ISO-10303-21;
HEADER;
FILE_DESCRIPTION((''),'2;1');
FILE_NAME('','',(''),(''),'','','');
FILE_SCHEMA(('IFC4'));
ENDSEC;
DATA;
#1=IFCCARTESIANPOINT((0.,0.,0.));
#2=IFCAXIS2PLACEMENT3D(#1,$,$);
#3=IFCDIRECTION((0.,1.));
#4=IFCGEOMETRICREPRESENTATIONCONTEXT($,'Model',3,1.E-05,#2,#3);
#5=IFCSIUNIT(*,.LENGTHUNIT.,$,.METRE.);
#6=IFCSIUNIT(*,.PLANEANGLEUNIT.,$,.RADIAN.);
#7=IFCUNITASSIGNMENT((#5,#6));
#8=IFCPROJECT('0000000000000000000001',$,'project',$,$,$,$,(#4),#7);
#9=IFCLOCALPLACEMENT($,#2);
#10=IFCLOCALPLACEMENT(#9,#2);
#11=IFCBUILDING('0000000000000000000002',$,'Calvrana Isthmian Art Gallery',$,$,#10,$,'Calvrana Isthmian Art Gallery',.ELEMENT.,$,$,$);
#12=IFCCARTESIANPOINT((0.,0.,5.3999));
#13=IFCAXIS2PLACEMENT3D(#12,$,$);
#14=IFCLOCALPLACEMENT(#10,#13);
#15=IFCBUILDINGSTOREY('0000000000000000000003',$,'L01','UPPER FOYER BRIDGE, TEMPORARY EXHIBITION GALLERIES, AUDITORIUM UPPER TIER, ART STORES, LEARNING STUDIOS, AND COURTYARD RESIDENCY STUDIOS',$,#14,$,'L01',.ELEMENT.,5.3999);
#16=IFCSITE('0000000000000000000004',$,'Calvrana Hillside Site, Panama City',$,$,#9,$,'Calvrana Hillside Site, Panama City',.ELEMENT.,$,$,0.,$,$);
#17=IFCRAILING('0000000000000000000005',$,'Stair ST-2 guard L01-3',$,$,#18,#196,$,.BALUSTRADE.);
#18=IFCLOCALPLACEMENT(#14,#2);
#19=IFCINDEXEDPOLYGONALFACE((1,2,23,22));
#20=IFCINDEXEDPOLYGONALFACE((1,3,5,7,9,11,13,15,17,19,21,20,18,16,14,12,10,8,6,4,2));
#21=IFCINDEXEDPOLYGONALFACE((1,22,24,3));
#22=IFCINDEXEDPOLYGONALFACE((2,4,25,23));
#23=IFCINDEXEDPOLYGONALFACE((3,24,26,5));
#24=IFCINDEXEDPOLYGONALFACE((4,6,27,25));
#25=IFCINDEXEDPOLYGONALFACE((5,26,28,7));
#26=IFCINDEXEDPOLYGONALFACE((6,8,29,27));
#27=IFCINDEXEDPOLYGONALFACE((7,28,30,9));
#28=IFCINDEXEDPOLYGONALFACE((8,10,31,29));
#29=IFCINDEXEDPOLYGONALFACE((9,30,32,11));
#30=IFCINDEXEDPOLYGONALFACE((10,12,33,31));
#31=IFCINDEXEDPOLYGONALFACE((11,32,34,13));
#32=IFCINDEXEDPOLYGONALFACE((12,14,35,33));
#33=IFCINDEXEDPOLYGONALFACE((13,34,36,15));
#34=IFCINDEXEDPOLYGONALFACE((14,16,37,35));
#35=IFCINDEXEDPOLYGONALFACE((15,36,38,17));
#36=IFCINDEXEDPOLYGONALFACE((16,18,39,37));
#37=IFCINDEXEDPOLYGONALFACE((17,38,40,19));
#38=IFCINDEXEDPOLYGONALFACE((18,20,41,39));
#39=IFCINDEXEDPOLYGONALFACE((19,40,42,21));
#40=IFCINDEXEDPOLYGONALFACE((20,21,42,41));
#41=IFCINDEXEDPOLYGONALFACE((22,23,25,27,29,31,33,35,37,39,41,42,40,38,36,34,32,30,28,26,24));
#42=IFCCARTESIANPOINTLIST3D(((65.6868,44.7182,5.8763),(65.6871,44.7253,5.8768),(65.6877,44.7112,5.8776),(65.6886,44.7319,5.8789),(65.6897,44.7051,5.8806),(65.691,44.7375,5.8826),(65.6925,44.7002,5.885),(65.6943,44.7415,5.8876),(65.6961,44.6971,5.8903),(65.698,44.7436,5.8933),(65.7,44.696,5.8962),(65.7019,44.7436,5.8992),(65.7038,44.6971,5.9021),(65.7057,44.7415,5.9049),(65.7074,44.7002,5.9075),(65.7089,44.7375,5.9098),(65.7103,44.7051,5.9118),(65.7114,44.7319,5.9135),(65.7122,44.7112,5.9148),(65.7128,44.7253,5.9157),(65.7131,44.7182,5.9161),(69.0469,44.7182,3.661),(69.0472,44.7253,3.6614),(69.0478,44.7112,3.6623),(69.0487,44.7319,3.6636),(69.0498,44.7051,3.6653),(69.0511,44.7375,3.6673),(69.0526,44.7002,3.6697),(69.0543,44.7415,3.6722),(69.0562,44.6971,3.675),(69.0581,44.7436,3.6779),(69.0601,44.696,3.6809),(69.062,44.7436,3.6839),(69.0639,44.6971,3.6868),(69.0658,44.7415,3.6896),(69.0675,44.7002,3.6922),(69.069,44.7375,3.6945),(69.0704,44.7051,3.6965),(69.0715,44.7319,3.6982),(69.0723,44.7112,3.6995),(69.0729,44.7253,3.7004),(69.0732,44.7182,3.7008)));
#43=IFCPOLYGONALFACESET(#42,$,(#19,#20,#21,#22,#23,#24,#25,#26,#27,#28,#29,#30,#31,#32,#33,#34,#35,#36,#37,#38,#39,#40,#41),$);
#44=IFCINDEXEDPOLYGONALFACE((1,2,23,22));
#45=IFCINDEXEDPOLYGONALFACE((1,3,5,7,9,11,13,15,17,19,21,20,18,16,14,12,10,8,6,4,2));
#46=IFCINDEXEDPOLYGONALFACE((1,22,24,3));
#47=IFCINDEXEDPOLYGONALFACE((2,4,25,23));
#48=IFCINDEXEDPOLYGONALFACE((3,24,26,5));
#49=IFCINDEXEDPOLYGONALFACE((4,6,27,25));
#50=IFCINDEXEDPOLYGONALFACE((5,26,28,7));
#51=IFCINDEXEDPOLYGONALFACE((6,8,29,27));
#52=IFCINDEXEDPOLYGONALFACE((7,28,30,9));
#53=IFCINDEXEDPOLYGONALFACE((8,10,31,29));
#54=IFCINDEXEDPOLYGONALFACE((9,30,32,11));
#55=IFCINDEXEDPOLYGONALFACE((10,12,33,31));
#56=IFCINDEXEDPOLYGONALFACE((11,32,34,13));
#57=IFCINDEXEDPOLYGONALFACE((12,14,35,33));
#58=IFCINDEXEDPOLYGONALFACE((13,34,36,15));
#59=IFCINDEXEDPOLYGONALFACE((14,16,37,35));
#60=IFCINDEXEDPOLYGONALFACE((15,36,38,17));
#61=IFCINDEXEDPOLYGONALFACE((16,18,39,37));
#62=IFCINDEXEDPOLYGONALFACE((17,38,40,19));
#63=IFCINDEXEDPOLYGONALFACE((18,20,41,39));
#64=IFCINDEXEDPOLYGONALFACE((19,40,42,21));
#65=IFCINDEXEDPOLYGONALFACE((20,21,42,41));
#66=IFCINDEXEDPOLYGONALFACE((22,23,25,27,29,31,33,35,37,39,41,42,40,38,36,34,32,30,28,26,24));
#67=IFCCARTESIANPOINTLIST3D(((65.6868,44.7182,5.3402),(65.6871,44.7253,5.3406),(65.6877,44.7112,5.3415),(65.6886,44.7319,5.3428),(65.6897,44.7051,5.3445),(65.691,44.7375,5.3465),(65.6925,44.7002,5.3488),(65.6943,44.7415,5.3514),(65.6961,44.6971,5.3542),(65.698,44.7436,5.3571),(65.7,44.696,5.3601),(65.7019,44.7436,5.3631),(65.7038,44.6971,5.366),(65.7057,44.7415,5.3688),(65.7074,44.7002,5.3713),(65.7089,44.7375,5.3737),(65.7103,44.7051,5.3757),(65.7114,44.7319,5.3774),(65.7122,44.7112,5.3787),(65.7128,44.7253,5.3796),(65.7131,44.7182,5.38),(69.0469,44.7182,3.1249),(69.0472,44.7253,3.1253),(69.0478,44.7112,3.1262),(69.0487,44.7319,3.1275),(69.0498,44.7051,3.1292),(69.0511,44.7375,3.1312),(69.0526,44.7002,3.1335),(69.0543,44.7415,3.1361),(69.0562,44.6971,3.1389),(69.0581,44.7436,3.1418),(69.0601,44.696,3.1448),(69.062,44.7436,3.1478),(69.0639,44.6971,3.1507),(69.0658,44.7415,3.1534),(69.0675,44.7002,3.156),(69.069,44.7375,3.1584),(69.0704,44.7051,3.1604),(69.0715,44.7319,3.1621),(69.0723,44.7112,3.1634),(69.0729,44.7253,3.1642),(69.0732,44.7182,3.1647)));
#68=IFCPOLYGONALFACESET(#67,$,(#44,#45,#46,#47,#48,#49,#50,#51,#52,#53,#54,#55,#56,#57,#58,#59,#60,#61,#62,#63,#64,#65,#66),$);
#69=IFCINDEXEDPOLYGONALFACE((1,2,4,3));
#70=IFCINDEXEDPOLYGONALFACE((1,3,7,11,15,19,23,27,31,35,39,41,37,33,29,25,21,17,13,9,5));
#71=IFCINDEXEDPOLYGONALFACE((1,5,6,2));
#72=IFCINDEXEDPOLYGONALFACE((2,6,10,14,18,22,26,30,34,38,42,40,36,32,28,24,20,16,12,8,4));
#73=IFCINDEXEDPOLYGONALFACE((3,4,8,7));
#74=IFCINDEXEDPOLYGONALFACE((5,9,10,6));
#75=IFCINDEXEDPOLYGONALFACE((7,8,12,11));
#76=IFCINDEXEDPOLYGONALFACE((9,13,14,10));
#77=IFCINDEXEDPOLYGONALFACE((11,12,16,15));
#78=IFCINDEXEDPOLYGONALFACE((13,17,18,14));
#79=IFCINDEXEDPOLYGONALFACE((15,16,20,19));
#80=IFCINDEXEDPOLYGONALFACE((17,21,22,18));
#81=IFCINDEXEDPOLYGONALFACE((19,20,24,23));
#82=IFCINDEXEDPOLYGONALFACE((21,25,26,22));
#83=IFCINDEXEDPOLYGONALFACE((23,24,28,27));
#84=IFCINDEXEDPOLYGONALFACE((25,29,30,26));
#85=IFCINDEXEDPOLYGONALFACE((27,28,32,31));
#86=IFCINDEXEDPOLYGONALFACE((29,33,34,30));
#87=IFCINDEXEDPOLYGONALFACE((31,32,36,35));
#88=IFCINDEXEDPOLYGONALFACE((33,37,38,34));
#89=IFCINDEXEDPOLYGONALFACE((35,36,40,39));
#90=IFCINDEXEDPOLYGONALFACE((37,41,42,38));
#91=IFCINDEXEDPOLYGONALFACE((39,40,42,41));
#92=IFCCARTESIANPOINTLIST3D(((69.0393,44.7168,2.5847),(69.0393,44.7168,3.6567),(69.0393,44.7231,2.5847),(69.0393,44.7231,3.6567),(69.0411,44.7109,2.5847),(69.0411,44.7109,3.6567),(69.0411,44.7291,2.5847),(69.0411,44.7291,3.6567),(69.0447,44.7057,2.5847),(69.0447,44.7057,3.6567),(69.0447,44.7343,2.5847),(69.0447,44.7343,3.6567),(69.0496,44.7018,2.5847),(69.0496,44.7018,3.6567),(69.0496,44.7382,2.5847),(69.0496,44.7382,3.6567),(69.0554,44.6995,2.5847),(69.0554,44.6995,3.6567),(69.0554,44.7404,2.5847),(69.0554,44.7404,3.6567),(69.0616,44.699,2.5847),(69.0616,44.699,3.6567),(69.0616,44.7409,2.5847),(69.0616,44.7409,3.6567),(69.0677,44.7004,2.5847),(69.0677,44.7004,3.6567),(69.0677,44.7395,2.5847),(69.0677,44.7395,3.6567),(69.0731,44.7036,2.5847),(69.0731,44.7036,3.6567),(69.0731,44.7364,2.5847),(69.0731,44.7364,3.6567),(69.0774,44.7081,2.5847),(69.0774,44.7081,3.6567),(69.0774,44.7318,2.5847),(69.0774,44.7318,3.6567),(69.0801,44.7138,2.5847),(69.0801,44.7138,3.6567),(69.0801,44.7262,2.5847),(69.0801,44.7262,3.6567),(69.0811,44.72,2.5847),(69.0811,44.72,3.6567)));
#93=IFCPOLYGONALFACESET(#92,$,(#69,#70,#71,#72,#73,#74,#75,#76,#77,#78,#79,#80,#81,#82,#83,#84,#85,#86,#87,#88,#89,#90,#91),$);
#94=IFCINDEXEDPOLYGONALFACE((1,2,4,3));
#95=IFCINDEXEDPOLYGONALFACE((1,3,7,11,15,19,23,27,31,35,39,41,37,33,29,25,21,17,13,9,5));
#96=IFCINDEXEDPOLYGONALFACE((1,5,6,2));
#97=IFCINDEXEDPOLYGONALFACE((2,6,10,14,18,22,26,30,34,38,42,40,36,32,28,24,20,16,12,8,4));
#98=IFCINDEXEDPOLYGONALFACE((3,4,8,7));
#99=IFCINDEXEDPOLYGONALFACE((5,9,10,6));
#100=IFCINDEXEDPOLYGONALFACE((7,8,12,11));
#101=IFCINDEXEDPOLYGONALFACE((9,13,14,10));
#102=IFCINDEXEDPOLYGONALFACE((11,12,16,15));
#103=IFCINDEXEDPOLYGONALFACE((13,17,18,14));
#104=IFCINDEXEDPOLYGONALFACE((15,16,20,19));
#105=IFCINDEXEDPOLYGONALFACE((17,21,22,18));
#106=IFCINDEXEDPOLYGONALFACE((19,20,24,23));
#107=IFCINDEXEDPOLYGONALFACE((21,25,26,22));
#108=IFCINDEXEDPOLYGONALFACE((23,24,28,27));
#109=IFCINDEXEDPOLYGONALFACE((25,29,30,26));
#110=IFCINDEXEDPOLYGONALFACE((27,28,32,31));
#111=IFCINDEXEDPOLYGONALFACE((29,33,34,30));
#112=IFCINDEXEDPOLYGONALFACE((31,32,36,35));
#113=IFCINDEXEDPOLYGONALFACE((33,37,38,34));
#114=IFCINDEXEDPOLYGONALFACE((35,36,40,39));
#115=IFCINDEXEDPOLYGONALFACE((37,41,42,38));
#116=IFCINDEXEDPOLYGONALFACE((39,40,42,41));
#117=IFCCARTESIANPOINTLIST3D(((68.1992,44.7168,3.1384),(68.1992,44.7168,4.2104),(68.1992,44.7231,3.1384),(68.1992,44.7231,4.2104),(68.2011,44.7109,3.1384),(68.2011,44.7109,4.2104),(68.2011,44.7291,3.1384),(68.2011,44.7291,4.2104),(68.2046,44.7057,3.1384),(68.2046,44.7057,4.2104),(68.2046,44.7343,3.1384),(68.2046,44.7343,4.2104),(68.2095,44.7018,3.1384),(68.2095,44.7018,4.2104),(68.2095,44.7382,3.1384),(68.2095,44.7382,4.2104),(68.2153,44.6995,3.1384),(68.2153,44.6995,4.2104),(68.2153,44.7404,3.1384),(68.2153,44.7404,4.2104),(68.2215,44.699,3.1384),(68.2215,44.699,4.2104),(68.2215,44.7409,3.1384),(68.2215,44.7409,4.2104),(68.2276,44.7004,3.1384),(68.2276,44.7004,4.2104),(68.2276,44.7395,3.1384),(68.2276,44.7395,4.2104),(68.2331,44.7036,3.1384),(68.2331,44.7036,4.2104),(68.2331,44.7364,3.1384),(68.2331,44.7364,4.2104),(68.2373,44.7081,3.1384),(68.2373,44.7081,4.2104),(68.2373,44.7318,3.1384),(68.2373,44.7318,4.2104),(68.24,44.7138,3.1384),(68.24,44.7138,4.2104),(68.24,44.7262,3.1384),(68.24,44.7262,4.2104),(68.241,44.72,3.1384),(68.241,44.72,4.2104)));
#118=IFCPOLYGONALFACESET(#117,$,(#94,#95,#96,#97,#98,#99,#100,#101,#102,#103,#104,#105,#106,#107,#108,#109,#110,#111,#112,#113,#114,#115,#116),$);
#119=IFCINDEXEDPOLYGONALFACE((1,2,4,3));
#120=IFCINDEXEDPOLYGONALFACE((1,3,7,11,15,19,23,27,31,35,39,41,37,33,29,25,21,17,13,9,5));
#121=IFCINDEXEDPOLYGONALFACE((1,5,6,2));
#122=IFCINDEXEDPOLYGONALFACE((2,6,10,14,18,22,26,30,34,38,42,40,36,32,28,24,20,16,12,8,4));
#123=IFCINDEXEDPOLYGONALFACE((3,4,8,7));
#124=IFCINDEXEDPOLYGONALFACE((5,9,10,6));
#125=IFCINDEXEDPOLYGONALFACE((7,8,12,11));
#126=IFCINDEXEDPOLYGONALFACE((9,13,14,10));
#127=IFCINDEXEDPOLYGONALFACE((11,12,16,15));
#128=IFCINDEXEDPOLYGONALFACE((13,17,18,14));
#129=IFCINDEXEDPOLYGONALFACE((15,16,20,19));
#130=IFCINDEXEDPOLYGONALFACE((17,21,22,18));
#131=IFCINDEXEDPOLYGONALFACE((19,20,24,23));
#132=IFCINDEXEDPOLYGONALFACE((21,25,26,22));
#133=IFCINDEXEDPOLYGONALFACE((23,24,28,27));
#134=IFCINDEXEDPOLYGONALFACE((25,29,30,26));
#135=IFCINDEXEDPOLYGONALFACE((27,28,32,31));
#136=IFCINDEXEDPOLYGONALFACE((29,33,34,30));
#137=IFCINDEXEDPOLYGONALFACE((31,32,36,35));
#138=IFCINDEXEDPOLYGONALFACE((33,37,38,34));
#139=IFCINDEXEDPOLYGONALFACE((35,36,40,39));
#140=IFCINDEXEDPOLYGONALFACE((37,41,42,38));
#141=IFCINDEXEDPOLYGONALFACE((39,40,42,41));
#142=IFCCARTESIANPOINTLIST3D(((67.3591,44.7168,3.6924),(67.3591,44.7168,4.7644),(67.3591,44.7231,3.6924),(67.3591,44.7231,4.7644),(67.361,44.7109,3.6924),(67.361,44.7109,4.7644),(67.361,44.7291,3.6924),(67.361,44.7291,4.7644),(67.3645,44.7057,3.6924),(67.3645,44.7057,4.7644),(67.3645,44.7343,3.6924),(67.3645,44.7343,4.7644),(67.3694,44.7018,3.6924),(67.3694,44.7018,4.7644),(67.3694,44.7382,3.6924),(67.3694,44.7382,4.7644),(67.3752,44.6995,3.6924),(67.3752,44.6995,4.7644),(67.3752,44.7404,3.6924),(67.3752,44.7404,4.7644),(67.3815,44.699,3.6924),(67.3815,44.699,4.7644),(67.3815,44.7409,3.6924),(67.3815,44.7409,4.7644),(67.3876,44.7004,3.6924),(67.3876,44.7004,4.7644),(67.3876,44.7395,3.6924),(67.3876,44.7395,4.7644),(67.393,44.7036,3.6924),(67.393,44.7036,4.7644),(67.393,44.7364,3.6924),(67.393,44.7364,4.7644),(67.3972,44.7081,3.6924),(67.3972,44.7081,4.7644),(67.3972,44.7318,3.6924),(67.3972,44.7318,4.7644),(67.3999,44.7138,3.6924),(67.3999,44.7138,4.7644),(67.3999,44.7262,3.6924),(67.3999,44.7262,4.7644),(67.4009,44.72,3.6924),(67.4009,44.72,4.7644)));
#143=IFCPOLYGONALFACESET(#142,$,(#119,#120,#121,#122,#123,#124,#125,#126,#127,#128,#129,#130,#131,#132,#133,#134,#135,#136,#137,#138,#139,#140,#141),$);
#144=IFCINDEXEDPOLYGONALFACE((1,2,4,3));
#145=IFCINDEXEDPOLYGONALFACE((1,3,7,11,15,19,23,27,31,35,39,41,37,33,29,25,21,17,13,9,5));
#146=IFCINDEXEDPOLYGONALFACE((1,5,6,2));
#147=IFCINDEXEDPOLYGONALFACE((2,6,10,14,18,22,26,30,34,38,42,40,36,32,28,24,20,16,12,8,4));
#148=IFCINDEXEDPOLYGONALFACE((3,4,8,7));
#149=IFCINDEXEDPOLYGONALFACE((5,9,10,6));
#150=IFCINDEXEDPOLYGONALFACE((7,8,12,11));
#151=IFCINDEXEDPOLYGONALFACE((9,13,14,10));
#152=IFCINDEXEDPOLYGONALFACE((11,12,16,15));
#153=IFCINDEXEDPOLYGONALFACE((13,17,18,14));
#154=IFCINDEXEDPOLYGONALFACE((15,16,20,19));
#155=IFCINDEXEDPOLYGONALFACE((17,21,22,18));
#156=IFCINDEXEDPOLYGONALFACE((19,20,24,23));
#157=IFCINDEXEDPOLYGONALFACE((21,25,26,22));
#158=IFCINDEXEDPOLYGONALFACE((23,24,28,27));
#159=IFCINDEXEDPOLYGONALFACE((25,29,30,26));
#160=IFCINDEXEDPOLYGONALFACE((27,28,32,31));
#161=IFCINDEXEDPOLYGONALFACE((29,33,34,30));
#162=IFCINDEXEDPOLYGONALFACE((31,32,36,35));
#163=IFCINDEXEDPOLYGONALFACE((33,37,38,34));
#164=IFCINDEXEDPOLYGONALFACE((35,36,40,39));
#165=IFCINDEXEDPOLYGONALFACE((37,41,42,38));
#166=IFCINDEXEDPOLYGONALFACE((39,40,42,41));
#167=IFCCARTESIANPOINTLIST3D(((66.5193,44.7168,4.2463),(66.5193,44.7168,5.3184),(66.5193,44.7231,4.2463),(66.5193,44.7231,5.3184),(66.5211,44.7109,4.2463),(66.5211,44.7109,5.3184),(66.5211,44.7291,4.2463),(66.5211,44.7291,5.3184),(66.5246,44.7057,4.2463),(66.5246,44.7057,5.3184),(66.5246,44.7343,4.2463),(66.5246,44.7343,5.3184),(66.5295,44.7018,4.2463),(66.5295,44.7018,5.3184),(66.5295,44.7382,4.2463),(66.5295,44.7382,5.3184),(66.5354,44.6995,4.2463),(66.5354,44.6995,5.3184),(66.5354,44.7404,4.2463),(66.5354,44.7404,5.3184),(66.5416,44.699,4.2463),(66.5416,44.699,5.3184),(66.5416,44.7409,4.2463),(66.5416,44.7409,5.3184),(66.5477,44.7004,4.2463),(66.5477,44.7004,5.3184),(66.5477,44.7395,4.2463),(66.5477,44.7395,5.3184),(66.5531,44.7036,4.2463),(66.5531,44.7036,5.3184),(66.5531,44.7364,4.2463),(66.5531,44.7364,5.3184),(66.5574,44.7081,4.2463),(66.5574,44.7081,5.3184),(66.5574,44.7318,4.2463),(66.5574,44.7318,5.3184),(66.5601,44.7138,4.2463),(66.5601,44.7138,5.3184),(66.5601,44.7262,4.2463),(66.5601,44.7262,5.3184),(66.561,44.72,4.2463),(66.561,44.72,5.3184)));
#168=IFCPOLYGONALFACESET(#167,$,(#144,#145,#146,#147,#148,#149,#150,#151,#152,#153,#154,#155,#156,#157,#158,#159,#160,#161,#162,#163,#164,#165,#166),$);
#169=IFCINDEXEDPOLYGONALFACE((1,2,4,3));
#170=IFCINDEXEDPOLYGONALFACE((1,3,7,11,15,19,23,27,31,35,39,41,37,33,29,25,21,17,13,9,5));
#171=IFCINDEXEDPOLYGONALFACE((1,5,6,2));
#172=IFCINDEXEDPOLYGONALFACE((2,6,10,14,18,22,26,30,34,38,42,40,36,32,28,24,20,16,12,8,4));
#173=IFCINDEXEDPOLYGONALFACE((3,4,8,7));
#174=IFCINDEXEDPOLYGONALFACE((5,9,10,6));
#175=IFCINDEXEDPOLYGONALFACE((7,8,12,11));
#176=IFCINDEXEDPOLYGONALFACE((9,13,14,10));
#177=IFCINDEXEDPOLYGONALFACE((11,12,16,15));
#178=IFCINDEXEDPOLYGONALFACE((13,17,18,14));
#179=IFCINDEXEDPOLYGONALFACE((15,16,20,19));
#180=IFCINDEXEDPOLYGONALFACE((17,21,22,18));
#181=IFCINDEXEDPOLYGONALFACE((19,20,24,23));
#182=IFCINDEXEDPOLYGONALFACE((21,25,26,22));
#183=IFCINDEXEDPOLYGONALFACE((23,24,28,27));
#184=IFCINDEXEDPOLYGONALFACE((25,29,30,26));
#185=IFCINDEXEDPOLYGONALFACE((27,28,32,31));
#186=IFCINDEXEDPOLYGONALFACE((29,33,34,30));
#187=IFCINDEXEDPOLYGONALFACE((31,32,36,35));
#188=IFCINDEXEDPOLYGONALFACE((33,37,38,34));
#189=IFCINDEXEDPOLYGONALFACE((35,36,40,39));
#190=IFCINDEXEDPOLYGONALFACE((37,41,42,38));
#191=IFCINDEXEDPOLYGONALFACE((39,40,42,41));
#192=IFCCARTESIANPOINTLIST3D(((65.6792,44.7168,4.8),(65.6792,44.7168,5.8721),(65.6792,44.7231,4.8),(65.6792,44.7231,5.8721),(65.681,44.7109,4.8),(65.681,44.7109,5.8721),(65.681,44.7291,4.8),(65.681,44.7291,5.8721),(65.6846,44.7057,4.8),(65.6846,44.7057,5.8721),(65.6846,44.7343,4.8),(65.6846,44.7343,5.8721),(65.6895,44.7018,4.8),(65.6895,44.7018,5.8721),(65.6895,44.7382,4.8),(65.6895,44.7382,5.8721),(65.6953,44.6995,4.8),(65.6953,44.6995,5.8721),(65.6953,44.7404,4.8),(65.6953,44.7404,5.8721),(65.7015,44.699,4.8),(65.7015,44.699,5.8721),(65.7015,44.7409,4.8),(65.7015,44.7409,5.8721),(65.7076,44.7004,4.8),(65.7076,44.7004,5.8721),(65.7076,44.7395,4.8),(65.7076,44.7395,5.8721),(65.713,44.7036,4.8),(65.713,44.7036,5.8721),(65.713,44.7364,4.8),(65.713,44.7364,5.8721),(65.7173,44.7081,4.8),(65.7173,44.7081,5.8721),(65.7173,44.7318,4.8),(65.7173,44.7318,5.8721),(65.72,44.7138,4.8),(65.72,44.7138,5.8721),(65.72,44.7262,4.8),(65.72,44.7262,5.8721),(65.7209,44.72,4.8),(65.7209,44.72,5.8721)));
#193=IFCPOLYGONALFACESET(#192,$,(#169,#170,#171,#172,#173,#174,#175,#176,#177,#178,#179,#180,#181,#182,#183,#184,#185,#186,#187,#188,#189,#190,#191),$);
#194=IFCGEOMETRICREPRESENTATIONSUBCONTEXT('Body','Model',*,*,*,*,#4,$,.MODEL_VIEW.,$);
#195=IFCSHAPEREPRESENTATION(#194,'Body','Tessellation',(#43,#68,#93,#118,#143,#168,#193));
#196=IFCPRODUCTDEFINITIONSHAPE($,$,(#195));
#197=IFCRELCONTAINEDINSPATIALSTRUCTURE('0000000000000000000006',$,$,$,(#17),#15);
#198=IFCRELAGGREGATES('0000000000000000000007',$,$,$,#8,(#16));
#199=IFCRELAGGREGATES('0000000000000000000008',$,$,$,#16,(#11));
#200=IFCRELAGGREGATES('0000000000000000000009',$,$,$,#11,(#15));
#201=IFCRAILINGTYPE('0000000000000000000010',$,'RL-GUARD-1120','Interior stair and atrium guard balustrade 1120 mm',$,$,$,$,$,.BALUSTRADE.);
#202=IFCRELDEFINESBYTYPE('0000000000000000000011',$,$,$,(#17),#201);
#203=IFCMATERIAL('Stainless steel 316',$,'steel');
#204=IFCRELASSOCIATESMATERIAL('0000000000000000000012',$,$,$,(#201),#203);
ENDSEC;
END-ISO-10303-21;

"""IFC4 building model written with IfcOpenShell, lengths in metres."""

from ifc_helpers import new_model, si_unit, direction, frame, origin, origin_2d, place, context, subcontext, project, spatial, circle, extrude, material, type_object, element, save


model = new_model("IFC4")

# Units and contexts
model_context = context("Model", 3, precision=1e-05, world=origin(), true_north=direction((0.0, 1.0)))
body_context = subcontext(model_context, "Body", "Model", "MODEL_VIEW")
ifc_project = project(units=[si_unit("LENGTHUNIT", "METRE"), si_unit("PLANEANGLEUNIT", "RADIAN")], contexts=[model_context])

# Site, building, storey
site_placement = place(None, origin())
site = spatial("IfcSite", under=ifc_project, at=site_placement, Name="Calvrana Hillside Site, Panama City", LongName="Calvrana Hillside Site, Panama City", CompositionType="ELEMENT", RefElevation=0.0)
building_placement = place(site_placement, origin())
building = spatial("IfcBuilding", under=site, at=building_placement, Name="Calvrana Isthmian Art Gallery", LongName="Calvrana Isthmian Art Gallery", CompositionType="ELEMENT")
storey_placement = place(building_placement, frame((0.0, 0.0, 5.3999)))
storey = spatial("IfcBuildingStorey", under=building, at=storey_placement, Name="L01", Description="UPPER FOYER BRIDGE, TEMPORARY EXHIBITION GALLERIES, AUDITORIUM UPPER TIER, ART STORES, LEARNING STUDIOS, AND COURTYARD RESIDENCY STUDIOS", LongName="L01", CompositionType="ELEMENT", Elevation=5.3999)

# Railing
ifc_material_1 = material(Name="Stainless steel 316", Category="steel")
railing_type_1 = type_object("IfcRailingType", Name="RL-GUARD-1120", Description="Interior stair and atrium guard balustrade 1120 mm", PredefinedType="BALUSTRADE", material=ifc_material_1)
railing_1_placement = place(storey_placement, frame((69.0601, 44.72, 2.5847)))
element("IfcRailing", 1, at=railing_1_placement, inside=storey, type_object=railing_type_1, Name="Stair ST-2 guard L01-3", PredefinedType="BALUSTRADE", context=body_context, shape_type="SweptSolid", body=[
    extrude(circle(Radius=0.0239, at=origin_2d()), frame((0.0, 0.0, 1.0962), z_axis=(-0.834876, 0.0, 0.550437), x_axis=(0.0, -1.0, 0.0)), (0.0, 0.0, 1.0), 4.0247),
    extrude(circle(Radius=0.0239, at=origin_2d()), frame((0.0, 0.0, 0.5601), z_axis=(-0.834876, 0.0, 0.550437), x_axis=(0.0, -1.0, 0.0)), (0.0, 0.0, 1.0), 4.0247),
    extrude(circle(Radius=0.021, at=origin_2d()), origin(), (0.0, 0.0, 1.0), 1.072),
    extrude(circle(Radius=0.021, at=origin_2d()), frame((-0.8401, 0.0, 0.5537)), (0.0, 0.0, 1.0), 1.072),
    extrude(circle(Radius=0.021, at=origin_2d()), frame((-1.6802, 0.0, 1.1077)), (0.0, 0.0, 1.0), 1.072),
    extrude(circle(Radius=0.021, at=origin_2d()), frame((-2.52, 0.0, 1.6616)), (0.0, 0.0, 1.0), 1.072),
    extrude(circle(Radius=0.021, at=origin_2d()), frame((-3.3601, 0.0, 2.2153)), (0.0, 0.0, 1.0), 1.072),
])

save(model, "model.ifc")
